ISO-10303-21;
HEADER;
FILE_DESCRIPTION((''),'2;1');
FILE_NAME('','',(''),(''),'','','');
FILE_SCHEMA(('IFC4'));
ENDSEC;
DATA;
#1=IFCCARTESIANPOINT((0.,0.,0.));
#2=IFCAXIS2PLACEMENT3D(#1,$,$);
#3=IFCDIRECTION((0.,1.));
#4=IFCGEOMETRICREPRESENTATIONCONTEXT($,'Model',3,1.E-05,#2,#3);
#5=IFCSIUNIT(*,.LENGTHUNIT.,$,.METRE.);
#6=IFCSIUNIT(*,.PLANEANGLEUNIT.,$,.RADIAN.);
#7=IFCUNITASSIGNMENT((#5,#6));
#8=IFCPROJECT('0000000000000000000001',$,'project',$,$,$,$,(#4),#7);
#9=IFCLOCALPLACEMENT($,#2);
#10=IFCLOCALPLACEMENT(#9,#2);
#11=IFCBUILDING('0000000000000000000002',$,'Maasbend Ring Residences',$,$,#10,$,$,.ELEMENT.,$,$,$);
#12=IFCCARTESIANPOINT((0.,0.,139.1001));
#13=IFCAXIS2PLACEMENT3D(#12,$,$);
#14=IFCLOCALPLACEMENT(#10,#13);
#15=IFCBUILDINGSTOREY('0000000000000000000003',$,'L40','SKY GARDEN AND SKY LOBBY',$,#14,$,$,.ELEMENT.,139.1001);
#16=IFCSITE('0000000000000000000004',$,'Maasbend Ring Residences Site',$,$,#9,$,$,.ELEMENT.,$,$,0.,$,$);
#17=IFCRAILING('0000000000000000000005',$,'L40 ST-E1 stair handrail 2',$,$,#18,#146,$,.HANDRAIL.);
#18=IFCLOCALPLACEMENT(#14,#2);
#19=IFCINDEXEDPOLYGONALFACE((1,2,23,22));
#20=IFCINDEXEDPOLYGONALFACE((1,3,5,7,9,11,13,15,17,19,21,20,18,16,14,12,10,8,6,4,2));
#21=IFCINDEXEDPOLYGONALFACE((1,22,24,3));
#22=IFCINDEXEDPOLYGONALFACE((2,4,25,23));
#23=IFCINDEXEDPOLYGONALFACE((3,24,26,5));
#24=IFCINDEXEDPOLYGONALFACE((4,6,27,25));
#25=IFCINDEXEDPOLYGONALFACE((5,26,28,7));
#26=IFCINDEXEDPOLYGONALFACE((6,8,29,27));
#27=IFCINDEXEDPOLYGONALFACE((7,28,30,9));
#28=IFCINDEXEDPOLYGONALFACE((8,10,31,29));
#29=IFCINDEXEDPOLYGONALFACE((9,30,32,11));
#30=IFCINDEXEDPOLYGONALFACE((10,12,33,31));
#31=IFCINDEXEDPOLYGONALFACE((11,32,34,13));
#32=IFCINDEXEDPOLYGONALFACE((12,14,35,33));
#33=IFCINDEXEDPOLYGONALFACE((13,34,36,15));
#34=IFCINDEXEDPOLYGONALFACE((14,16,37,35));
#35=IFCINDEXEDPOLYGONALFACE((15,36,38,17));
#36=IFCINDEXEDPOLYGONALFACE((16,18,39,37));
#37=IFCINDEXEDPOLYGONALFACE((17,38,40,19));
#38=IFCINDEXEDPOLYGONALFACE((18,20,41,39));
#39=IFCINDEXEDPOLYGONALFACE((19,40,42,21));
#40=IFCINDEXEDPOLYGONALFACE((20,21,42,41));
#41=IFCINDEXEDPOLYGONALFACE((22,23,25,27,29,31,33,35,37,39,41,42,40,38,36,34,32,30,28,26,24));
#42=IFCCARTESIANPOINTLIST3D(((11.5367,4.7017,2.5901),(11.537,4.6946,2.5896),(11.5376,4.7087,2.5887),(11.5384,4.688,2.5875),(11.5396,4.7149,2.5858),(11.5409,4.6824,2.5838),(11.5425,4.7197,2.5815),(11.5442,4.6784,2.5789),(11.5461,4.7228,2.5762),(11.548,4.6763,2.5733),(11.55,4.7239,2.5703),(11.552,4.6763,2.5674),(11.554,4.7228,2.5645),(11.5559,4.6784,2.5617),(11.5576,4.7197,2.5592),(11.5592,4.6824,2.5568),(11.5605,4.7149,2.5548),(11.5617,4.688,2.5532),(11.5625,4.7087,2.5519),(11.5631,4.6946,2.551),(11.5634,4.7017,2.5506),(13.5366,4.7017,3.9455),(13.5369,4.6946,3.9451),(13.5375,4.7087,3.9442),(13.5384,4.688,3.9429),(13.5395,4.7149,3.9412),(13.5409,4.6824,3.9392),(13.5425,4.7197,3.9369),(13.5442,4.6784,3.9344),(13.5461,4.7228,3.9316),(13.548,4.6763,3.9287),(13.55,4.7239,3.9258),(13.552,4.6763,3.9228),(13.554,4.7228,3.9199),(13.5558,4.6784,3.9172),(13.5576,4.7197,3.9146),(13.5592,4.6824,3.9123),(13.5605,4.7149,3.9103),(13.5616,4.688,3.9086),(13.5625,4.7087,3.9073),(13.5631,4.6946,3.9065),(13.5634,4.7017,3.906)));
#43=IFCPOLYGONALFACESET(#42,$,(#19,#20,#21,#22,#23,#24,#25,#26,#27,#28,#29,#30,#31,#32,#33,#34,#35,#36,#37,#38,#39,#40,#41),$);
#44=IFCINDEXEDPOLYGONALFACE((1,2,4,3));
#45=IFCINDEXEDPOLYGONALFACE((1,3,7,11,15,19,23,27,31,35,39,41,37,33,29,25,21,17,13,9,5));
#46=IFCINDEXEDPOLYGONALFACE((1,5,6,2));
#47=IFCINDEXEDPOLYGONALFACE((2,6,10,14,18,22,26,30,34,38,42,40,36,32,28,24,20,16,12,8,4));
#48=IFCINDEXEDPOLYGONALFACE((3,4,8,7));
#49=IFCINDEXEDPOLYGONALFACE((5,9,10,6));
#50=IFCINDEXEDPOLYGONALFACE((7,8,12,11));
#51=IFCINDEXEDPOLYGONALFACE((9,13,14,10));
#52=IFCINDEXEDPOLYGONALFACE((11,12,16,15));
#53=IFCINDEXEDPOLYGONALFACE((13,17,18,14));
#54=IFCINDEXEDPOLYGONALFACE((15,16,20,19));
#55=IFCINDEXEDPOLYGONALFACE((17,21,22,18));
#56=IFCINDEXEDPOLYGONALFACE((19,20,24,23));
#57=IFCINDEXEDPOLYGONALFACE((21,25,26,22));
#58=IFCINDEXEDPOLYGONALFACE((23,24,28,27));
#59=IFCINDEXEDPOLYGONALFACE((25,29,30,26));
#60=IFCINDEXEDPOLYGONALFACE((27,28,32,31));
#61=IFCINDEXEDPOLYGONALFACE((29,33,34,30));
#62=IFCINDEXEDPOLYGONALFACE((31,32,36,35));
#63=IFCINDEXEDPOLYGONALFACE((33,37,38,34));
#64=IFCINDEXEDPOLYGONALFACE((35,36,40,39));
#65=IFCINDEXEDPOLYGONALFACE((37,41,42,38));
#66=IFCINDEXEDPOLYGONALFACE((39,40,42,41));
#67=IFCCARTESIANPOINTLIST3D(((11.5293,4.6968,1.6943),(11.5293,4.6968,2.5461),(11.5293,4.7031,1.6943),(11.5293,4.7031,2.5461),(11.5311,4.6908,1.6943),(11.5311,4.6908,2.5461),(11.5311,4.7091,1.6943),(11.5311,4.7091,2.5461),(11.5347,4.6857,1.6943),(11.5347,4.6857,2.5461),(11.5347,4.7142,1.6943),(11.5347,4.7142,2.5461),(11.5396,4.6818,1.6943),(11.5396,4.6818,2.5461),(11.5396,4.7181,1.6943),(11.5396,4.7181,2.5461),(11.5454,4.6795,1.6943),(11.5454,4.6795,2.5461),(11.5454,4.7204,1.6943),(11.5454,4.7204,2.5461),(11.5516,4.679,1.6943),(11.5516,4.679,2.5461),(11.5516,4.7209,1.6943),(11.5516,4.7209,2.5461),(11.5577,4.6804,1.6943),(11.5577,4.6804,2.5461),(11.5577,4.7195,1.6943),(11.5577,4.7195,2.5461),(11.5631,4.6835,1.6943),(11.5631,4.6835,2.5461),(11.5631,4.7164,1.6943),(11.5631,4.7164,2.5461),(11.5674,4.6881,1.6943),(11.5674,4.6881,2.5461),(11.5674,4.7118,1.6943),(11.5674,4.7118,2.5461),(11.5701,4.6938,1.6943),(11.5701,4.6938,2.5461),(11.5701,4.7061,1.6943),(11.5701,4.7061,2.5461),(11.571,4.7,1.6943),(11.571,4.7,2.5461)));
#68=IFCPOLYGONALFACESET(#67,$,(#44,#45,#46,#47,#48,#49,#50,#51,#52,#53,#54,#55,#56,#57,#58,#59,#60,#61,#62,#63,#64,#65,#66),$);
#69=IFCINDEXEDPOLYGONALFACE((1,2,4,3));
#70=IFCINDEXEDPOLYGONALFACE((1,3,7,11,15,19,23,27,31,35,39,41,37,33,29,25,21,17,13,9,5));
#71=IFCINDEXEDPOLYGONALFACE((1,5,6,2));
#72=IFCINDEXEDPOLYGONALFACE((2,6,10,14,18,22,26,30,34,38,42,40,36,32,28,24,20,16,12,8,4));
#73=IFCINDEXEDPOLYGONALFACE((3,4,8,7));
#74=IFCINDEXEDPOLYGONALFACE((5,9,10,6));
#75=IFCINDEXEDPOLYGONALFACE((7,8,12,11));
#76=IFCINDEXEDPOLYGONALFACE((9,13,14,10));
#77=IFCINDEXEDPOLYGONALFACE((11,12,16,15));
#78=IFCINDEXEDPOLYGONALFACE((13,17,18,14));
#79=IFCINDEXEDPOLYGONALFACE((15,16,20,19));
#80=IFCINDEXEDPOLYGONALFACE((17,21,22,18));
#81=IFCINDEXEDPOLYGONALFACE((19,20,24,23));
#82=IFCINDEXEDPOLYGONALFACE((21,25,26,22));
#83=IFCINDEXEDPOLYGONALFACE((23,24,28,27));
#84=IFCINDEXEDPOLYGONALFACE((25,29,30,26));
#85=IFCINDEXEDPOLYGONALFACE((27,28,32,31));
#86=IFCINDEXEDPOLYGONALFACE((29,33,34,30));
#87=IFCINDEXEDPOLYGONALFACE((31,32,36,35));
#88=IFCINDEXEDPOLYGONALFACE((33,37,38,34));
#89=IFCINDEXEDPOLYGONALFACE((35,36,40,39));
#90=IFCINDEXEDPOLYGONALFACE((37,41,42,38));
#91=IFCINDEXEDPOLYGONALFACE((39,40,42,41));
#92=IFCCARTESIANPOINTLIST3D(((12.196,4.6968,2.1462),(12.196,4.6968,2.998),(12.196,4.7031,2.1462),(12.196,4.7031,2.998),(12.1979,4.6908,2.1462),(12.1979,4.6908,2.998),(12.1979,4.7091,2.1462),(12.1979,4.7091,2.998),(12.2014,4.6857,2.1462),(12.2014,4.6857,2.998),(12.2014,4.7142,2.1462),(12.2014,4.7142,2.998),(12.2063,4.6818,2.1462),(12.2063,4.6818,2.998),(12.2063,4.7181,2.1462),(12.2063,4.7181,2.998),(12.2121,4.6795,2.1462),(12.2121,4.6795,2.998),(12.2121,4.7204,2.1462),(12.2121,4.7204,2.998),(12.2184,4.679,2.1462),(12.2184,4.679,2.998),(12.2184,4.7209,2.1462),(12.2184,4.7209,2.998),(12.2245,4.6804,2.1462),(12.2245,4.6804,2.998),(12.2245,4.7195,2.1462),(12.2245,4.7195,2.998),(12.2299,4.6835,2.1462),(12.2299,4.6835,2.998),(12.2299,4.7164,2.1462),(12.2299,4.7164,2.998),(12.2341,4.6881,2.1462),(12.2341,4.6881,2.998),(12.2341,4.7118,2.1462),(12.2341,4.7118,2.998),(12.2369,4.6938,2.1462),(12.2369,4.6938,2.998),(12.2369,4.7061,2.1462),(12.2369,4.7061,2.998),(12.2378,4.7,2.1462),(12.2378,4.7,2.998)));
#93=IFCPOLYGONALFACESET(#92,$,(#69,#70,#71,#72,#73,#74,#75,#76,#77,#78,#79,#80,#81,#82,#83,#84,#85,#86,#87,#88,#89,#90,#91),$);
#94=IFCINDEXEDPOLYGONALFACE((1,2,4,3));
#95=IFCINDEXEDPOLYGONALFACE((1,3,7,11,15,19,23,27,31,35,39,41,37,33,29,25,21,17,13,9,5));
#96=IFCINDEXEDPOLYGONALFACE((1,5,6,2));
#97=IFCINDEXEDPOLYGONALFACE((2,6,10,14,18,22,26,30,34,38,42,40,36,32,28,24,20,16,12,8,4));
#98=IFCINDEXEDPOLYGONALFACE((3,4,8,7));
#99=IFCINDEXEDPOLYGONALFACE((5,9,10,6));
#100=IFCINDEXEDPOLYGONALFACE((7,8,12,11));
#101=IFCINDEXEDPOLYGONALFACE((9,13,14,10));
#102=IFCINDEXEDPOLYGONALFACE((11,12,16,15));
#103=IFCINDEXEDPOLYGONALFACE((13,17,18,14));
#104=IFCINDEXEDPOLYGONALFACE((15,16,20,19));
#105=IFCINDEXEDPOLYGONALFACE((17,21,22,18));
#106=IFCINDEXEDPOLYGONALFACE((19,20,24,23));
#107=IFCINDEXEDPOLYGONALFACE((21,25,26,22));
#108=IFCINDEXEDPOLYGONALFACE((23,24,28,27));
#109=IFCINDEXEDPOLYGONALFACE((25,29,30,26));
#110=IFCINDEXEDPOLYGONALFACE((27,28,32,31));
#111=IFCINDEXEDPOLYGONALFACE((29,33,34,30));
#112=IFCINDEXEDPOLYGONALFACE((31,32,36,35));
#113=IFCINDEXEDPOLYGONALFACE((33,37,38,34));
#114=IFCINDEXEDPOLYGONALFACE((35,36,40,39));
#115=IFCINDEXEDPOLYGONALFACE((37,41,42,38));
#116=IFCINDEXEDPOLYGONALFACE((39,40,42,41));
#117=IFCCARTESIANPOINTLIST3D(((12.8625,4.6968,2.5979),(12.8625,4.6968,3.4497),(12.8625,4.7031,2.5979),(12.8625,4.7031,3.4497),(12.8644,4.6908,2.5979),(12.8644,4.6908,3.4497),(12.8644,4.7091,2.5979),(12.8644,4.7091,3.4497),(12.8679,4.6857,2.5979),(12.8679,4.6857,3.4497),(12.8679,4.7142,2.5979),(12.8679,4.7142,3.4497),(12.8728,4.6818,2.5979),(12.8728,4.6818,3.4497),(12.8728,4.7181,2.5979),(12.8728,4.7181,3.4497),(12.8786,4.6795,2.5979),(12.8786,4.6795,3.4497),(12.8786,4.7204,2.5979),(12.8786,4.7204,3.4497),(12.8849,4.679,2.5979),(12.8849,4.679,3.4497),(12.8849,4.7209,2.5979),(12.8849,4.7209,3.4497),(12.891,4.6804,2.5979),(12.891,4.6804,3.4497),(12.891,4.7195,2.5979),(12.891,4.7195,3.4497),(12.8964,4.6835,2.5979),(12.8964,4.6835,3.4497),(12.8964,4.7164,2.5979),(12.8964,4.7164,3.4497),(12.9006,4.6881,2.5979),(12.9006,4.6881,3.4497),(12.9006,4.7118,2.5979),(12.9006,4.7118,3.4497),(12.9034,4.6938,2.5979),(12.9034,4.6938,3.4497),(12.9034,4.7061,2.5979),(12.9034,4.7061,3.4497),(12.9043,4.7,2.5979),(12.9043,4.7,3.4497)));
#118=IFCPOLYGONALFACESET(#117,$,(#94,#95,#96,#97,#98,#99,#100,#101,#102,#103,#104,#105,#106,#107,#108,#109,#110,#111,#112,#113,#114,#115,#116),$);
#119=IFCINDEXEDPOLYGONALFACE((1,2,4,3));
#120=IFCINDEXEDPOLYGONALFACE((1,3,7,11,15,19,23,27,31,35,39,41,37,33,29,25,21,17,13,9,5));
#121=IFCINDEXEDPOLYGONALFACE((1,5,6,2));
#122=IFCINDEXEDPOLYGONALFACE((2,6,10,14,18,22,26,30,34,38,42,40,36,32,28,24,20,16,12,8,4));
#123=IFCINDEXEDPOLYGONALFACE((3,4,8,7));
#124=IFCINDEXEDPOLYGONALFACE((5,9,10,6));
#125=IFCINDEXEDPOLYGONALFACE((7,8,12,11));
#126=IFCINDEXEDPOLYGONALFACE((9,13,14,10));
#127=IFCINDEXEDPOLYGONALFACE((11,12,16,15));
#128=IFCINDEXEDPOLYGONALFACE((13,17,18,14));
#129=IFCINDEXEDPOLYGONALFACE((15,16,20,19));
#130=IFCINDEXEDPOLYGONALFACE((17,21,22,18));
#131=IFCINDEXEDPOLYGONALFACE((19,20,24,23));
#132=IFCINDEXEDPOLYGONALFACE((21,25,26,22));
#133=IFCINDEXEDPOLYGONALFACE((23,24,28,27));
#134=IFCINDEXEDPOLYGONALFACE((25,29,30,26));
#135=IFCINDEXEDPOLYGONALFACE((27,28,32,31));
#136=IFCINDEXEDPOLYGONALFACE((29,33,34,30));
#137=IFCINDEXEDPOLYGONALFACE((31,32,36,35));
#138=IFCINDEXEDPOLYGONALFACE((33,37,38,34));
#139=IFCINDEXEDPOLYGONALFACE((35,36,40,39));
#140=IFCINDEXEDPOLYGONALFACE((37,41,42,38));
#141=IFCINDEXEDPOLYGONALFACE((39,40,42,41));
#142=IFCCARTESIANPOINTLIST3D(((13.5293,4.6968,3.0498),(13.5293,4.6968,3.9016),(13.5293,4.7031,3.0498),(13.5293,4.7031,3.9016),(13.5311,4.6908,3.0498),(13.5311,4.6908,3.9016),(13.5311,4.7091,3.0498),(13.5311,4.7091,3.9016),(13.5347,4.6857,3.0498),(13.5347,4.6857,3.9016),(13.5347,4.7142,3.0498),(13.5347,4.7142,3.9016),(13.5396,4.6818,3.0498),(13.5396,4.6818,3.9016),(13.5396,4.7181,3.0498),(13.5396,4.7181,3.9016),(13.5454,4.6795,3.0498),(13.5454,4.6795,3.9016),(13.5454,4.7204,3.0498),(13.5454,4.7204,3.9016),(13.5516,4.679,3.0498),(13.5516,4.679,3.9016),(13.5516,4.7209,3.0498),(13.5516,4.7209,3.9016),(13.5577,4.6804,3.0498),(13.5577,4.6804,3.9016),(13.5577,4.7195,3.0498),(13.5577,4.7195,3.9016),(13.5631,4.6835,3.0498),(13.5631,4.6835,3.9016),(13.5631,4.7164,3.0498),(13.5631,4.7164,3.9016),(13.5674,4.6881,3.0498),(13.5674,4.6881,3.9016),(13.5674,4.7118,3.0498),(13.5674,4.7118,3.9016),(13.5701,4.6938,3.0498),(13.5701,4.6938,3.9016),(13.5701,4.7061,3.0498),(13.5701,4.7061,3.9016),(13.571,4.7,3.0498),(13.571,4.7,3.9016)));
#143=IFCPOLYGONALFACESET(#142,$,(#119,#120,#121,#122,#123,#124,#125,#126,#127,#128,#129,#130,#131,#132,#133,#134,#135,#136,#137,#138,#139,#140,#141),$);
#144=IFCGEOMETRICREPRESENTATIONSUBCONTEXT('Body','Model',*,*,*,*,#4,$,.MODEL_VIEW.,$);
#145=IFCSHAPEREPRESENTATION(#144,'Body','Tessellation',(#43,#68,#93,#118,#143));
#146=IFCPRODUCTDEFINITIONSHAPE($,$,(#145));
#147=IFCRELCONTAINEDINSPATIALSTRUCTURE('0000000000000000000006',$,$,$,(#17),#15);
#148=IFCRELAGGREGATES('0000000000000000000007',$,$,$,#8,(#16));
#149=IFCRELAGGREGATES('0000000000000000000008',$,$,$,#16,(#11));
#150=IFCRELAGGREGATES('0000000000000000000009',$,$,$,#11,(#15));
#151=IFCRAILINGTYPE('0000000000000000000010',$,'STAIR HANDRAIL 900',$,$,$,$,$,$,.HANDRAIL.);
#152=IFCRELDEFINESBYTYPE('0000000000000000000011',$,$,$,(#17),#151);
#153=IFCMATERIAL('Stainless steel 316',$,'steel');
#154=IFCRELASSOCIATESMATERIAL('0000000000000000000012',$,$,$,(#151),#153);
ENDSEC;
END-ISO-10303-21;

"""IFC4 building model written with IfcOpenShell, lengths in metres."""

from ifc_helpers import new_model, si_unit, direction, frame, origin, origin_2d, place, context, subcontext, project, spatial, circle, extrude, material, type_object, element, save


model = new_model("IFC4")

# Units and contexts
model_context = context("Model", 3, precision=1e-05, world=origin(), true_north=direction((0.0, 1.0)))
body_context = subcontext(model_context, "Body", "Model", "MODEL_VIEW")
ifc_project = project(units=[si_unit("LENGTHUNIT", "METRE"), si_unit("PLANEANGLEUNIT", "RADIAN")], contexts=[model_context])

# Site, building, storey
site_placement = place(None, origin())
site = spatial("IfcSite", under=ifc_project, at=site_placement, Name="Maasbend Ring Residences Site", CompositionType="ELEMENT", RefElevation=0.0)
building_placement = place(site_placement, origin())
building = spatial("IfcBuilding", under=site, at=building_placement, Name="Maasbend Ring Residences", CompositionType="ELEMENT")
storey_placement = place(building_placement, frame((0.0, 0.0, 139.1001)))
storey = spatial("IfcBuildingStorey", under=building, at=storey_placement, Name="L40", Description="SKY GARDEN AND SKY LOBBY", CompositionType="ELEMENT", Elevation=139.1001)

# Railing
ifc_material_1 = material(Name="Stainless steel 316", Category="steel")
railing_type_1 = type_object("IfcRailingType", Name="STAIR HANDRAIL 900", PredefinedType="HANDRAIL", material=ifc_material_1)
railing_1_placement = place(storey_placement, frame((11.55, 4.7, 1.6943)))
element("IfcRailing", 1, at=railing_1_placement, inside=storey, type_object=railing_type_1, Name="L40 ST-E1 stair handrail 2", PredefinedType="HANDRAIL", context=body_context, shape_type="SweptSolid", body=[
    extrude(circle(Radius=0.0239, at=origin_2d()), frame((0.0, 0.0, 0.876), z_axis=(0.827798, 0.0, 0.561027), x_axis=(0.0, 1.0, 0.0)), (0.0, 0.0, 1.0), 2.416),
    extrude(circle(Radius=0.021, at=origin_2d()), origin(), (0.0, 0.0, 1.0), 0.8518),
    extrude(circle(Radius=0.021, at=origin_2d()), frame((0.6667, 0.0, 0.4519)), (0.0, 0.0, 1.0), 0.8518),
    extrude(circle(Radius=0.021, at=origin_2d()), frame((1.3333, 0.0, 0.9036)), (0.0, 0.0, 1.0), 0.8518),
    extrude(circle(Radius=0.021, at=origin_2d()), frame((2.0, 0.0, 1.3555)), (0.0, 0.0, 1.0), 0.8518),
])

save(model, "model.ifc")
